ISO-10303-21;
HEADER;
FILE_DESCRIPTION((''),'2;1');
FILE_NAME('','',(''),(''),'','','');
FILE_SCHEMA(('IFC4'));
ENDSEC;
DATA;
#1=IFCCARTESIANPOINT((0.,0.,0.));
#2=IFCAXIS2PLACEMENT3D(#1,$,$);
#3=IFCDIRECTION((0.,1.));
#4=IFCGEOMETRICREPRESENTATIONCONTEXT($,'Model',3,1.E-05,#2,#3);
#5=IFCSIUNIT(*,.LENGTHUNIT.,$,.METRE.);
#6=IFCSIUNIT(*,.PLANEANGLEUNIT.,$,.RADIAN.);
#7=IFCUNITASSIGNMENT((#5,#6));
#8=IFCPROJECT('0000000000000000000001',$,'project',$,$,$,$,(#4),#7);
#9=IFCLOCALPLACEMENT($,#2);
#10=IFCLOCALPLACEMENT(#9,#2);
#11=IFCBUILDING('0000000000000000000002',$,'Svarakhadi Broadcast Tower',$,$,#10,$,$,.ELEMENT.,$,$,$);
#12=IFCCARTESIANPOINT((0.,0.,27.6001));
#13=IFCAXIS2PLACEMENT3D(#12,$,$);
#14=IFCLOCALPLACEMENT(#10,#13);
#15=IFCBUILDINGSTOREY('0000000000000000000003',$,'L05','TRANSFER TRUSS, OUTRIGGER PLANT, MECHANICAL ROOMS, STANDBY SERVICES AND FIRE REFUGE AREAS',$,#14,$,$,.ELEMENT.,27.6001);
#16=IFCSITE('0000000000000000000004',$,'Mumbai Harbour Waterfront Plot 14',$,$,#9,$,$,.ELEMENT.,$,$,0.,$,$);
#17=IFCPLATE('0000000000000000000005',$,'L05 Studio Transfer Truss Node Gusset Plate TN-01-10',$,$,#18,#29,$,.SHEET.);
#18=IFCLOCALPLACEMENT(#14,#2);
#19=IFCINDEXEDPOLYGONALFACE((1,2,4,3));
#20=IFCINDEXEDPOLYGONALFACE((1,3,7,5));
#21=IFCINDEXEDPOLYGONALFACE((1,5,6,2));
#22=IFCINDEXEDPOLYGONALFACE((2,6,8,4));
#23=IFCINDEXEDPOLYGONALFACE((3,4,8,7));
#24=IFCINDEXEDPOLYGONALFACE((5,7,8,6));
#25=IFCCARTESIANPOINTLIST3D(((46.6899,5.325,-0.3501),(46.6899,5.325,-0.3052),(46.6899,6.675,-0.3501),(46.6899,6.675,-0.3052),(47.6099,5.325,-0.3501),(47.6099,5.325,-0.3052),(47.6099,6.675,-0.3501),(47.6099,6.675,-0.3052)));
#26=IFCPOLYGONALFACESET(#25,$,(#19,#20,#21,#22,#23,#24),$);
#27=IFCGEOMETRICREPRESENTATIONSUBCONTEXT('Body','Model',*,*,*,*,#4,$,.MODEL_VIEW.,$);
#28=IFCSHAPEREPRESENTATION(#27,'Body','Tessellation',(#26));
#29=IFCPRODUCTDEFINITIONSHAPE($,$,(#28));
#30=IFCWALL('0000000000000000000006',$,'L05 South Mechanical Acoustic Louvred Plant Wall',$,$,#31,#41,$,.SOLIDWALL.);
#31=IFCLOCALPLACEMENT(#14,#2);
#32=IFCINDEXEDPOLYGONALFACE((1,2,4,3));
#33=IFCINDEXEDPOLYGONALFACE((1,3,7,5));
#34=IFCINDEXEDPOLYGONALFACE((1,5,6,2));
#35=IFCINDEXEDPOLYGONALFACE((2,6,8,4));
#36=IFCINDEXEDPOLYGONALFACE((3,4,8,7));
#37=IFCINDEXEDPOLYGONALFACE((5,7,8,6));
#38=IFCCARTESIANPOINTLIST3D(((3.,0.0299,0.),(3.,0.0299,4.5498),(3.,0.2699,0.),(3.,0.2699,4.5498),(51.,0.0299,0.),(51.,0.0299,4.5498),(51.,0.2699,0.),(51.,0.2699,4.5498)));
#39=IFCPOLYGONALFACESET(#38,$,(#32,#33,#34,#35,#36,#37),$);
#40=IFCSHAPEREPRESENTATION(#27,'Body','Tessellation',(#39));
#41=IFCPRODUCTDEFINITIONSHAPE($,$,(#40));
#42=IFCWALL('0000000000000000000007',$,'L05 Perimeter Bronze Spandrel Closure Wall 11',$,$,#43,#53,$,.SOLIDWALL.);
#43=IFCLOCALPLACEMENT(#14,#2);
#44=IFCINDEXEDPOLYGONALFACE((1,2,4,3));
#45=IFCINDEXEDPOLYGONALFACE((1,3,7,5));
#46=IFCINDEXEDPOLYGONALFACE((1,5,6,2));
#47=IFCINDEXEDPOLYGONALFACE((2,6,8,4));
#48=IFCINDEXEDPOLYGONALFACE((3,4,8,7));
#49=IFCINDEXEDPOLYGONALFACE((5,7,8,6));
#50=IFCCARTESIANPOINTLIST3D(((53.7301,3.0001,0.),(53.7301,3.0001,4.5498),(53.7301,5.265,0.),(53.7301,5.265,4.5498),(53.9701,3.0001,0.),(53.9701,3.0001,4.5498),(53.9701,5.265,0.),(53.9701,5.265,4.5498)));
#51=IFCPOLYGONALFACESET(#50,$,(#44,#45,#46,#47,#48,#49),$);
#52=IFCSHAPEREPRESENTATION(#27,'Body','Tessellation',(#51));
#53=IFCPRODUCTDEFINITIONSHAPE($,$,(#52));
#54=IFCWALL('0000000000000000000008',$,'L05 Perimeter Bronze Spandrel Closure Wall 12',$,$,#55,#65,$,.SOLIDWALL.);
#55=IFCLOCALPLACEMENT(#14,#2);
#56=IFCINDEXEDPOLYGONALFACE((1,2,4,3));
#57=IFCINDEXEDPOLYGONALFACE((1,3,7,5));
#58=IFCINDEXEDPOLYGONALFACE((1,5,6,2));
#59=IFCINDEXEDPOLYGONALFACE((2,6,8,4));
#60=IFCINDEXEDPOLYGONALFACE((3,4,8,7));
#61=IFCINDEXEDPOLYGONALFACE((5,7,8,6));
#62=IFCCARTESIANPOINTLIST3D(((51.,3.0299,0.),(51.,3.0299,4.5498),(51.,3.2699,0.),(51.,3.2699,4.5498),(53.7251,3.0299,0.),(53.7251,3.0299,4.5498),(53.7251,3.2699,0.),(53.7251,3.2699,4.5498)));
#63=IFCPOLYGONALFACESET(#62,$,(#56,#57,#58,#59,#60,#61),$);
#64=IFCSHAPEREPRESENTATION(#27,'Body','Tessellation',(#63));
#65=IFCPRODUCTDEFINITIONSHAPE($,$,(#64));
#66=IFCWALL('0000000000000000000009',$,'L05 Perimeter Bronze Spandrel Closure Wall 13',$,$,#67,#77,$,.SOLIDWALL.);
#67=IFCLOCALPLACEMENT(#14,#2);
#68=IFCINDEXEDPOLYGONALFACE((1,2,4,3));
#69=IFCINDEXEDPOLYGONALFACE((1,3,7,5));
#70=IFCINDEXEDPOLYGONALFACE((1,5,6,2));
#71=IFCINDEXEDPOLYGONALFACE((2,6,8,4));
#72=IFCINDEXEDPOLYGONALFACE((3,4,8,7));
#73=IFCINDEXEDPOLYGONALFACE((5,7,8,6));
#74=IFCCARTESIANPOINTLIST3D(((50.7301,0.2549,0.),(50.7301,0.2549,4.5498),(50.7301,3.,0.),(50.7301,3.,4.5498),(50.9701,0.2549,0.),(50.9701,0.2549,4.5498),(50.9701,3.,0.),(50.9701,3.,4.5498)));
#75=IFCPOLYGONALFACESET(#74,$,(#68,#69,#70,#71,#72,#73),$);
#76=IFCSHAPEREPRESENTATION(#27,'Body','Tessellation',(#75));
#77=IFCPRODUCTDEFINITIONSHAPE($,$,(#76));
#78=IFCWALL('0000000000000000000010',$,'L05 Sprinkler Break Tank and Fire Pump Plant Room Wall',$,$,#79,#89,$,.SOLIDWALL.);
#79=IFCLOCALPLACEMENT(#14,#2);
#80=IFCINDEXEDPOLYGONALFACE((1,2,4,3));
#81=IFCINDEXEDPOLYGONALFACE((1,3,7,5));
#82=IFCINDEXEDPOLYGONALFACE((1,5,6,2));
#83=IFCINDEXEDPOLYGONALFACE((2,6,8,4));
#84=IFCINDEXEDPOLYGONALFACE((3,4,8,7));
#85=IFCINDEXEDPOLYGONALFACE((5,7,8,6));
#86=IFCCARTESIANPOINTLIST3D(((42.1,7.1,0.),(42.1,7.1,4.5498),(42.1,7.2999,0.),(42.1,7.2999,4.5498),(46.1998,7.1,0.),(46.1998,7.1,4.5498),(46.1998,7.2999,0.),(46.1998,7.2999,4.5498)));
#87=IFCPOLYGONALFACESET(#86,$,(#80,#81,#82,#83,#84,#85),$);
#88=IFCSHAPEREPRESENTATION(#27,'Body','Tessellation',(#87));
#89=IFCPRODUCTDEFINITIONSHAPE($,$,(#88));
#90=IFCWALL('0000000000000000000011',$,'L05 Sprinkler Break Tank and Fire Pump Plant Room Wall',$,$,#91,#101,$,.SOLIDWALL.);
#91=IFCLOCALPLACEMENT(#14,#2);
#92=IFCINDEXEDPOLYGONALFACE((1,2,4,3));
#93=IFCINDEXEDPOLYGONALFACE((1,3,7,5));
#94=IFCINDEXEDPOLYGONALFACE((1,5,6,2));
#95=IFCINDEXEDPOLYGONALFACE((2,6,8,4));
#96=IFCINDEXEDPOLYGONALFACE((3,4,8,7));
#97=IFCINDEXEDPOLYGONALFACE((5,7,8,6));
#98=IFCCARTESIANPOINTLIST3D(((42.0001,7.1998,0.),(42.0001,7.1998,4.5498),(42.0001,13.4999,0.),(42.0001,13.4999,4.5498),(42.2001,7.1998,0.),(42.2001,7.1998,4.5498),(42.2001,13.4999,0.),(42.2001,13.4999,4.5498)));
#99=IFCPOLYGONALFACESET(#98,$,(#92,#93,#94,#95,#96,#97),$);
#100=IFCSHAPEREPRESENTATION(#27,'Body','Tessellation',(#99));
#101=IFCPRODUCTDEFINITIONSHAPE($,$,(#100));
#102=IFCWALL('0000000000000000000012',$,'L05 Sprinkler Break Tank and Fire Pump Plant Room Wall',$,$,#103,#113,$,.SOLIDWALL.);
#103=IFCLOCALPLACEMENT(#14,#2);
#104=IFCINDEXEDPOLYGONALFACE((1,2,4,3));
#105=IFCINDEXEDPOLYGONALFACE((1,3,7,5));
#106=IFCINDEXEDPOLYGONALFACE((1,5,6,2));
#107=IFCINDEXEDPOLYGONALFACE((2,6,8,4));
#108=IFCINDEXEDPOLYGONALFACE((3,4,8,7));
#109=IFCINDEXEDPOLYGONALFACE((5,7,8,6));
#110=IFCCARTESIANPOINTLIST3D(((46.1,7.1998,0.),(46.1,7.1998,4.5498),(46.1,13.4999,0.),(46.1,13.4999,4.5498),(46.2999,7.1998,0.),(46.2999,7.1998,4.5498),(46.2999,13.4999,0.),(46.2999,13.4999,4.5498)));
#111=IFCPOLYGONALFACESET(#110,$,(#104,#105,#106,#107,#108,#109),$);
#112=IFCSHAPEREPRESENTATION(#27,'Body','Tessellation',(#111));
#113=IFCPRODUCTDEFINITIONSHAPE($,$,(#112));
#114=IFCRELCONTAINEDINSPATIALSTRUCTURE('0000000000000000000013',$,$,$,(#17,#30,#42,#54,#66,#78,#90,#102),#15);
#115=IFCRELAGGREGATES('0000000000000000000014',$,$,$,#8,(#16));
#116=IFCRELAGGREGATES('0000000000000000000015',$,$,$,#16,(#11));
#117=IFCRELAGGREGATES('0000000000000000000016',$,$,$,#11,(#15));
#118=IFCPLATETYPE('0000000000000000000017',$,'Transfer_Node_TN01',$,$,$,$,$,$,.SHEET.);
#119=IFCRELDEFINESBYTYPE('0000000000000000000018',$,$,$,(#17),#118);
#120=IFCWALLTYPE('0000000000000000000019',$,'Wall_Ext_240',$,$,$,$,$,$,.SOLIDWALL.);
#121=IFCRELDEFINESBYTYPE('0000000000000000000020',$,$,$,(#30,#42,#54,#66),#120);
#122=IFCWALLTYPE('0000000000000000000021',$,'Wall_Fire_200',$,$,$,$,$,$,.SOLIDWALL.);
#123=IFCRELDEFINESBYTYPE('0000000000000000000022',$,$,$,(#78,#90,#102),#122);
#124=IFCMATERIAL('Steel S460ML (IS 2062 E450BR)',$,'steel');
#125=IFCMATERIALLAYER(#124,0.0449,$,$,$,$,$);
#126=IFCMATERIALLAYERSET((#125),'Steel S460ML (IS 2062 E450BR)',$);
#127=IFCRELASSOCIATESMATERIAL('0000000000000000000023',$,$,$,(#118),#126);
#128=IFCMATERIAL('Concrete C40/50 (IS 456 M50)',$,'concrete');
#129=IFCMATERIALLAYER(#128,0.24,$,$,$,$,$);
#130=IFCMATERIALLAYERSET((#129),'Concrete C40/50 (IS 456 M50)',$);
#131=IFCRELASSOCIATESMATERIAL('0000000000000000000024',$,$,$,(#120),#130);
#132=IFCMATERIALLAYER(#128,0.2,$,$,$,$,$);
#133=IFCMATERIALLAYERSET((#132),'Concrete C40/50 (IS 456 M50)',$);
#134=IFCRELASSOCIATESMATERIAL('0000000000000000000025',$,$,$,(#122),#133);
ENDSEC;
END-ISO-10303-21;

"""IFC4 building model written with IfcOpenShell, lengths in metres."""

from ifc_helpers import new_model, si_unit, direction, frame, frame_2d, origin, origin_2d, place, context, subcontext, project, spatial, rectangle, extrude, material, layer, layer_set, type_object, element, save


model = new_model("IFC4")

# Units and contexts
model_context = context("Model", 3, precision=1e-05, world=origin(), true_north=direction((0.0, 1.0)))
body_context = subcontext(model_context, "Body", "Model", "MODEL_VIEW")
ifc_project = project(units=[si_unit("LENGTHUNIT", "METRE"), si_unit("PLANEANGLEUNIT", "RADIAN")], contexts=[model_context])

# Site, building, storey
site_placement = place(None, origin())
site = spatial("IfcSite", under=ifc_project, at=site_placement, Name="Mumbai Harbour Waterfront Plot 14", CompositionType="ELEMENT", RefElevation=0.0)
building_placement = place(site_placement, origin())
building = spatial("IfcBuilding", under=site, at=building_placement, Name="Svarakhadi Broadcast Tower", CompositionType="ELEMENT")
storey_placement = place(building_placement, frame((0.0, 0.0, 27.6001)))
storey = spatial("IfcBuildingStorey", under=building, at=storey_placement, Name="L05", Description="TRANSFER TRUSS, OUTRIGGER PLANT, MECHANICAL ROOMS, STANDBY SERVICES AND FIRE REFUGE AREAS", CompositionType="ELEMENT", Elevation=27.6001)

# Shared definitions
ifc_material_1 = material(Name="Steel S460ML (IS 2062 E450BR)", Category="steel")

# Plate
ifc_layer_1 = layer(ifc_material_1, 0.0449)
ifc_layer_set_1 = layer_set([ifc_layer_1], Name="Steel S460ML (IS 2062 E450BR)")
plate_type_1 = type_object("IfcPlateType", Name="Transfer_Node_TN01", PredefinedType="SHEET", material=ifc_layer_set_1)
plate_placement = place(storey_placement, frame((47.1499, 6.0, -0.3501), z_axis=(0.0, 0.0, 1.0), x_axis=(0.0, 1.0, 0.0)))
element("IfcPlate", 1, at=plate_placement, inside=storey, type_object=plate_type_1, Name="L05 Studio Transfer Truss Node Gusset Plate TN-01-10", PredefinedType="SHEET", context=body_context, shape_type="SweptSolid", body=[
    extrude(rectangle(XDim=1.3501, YDim=0.9199, at=origin_2d()), origin(), (0.0, 0.0, 1.0), 0.0449),
])

# Walls
ifc_material_2 = material(Name="Concrete C40/50 (IS 456 M50)", Category="concrete")
ifc_layer_2 = layer(ifc_material_2, 0.24)
ifc_layer_set_2 = layer_set([ifc_layer_2], Name="Concrete C40/50 (IS 456 M50)")
wall_type_1 = type_object("IfcWallType", Name="Wall_Ext_240", PredefinedType="SOLIDWALL", material=ifc_layer_set_2)
wall_1_placement = place(storey_placement, frame((51.0, 0.1499, 0.0), z_axis=(0.0, 0.0, 1.0), x_axis=(-1.0, 0.0, 0.0)))
element("IfcWall", 2, at=wall_1_placement, inside=storey, type_object=wall_type_1, Name="L05 South Mechanical Acoustic Louvred Plant Wall", PredefinedType="SOLIDWALL", context=body_context, shape_type="SweptSolid", body=[
    extrude(rectangle(XDim=48.0, YDim=0.24, at=frame_2d((24.0, 0.0))), origin(), (0.0, 0.0, 1.0), 4.5498),
])
wall_2_placement = place(storey_placement, frame((53.8501, 5.2649, 0.0), z_axis=(0.0, 0.0, 1.0), x_axis=(0.0, -1.0, 0.0)))
element("IfcWall", 3, at=wall_2_placement, inside=storey, type_object=wall_type_1, Name="L05 Perimeter Bronze Spandrel Closure Wall 11", PredefinedType="SOLIDWALL", context=body_context, shape_type="SweptSolid", body=[
    extrude(rectangle(XDim=2.2649, YDim=0.24, at=frame_2d((1.1323, 0.0))), origin(), (0.0, 0.0, 1.0), 4.5498),
])
wall_3_placement = place(storey_placement, frame((53.7251, 3.1499, 0.0), z_axis=(0.0, 0.0, 1.0), x_axis=(-1.0, 0.0, 0.0)))
element("IfcWall", 4, at=wall_3_placement, inside=storey, type_object=wall_type_1, Name="L05 Perimeter Bronze Spandrel Closure Wall 12", PredefinedType="SOLIDWALL", context=body_context, shape_type="SweptSolid", body=[
    extrude(rectangle(XDim=2.7251, YDim=0.24, at=frame_2d((1.3625, 0.0))), origin(), (0.0, 0.0, 1.0), 4.5498),
])
wall_4_placement = place(storey_placement, frame((50.8501, 3.0, 0.0), z_axis=(0.0, 0.0, 1.0), x_axis=(0.0, -1.0, 0.0)))
element("IfcWall", 5, at=wall_4_placement, inside=storey, type_object=wall_type_1, Name="L05 Perimeter Bronze Spandrel Closure Wall 13", PredefinedType="SOLIDWALL", context=body_context, shape_type="SweptSolid", body=[
    extrude(rectangle(XDim=2.7451, YDim=0.24, at=frame_2d((1.3726, 0.0))), origin(), (0.0, 0.0, 1.0), 4.5498),
])
ifc_layer_3 = layer(ifc_material_2, 0.2)
ifc_layer_set_3 = layer_set([ifc_layer_3], Name="Concrete C40/50 (IS 456 M50)")
wall_type_2 = type_object("IfcWallType", Name="Wall_Fire_200", PredefinedType="SOLIDWALL", material=ifc_layer_set_3)
wall_5_placement = place(storey_placement, frame((42.1001, 7.2, 0.0), z_axis=(0.0, 0.0, 1.0), x_axis=(1.0, 0.0, 0.0)))
element("IfcWall", 6, at=wall_5_placement, inside=storey, type_object=wall_type_2, Name="L05 Sprinkler Break Tank and Fire Pump Plant Room Wall", PredefinedType="SOLIDWALL", context=body_context, shape_type="SweptSolid", body=[
    extrude(rectangle(XDim=4.0999, YDim=0.2, at=frame_2d((2.0498, 0.0))), origin(), (0.0, 0.0, 1.0), 4.5498),
])
for number, where, z_axis, x_axis, name in (
    (7, (42.1001, 7.2, 0.0), (0.0, 0.0, 1.0), (0.0, 1.0, 0.0), "L05 Sprinkler Break Tank and Fire Pump Plant Room Wall"),
    (8, (46.2, 7.2, 0.0), (0.0, 0.0, 1.0), (0.0, 1.0, 0.0), "L05 Sprinkler Break Tank and Fire Pump Plant Room Wall"),
):
    element("IfcWall", number, at=place(storey_placement, frame(where, z_axis=z_axis, x_axis=x_axis)), inside=storey, type_object=wall_type_2, Name=name, PredefinedType="SOLIDWALL", context=body_context, shape_type="SweptSolid", body=[
        extrude(rectangle(XDim=6.3, YDim=0.2, at=frame_2d((3.1499, 0.0))), origin(), (0.0, 0.0, 1.0), 4.5498),
    ])

save(model, "model.ifc")
